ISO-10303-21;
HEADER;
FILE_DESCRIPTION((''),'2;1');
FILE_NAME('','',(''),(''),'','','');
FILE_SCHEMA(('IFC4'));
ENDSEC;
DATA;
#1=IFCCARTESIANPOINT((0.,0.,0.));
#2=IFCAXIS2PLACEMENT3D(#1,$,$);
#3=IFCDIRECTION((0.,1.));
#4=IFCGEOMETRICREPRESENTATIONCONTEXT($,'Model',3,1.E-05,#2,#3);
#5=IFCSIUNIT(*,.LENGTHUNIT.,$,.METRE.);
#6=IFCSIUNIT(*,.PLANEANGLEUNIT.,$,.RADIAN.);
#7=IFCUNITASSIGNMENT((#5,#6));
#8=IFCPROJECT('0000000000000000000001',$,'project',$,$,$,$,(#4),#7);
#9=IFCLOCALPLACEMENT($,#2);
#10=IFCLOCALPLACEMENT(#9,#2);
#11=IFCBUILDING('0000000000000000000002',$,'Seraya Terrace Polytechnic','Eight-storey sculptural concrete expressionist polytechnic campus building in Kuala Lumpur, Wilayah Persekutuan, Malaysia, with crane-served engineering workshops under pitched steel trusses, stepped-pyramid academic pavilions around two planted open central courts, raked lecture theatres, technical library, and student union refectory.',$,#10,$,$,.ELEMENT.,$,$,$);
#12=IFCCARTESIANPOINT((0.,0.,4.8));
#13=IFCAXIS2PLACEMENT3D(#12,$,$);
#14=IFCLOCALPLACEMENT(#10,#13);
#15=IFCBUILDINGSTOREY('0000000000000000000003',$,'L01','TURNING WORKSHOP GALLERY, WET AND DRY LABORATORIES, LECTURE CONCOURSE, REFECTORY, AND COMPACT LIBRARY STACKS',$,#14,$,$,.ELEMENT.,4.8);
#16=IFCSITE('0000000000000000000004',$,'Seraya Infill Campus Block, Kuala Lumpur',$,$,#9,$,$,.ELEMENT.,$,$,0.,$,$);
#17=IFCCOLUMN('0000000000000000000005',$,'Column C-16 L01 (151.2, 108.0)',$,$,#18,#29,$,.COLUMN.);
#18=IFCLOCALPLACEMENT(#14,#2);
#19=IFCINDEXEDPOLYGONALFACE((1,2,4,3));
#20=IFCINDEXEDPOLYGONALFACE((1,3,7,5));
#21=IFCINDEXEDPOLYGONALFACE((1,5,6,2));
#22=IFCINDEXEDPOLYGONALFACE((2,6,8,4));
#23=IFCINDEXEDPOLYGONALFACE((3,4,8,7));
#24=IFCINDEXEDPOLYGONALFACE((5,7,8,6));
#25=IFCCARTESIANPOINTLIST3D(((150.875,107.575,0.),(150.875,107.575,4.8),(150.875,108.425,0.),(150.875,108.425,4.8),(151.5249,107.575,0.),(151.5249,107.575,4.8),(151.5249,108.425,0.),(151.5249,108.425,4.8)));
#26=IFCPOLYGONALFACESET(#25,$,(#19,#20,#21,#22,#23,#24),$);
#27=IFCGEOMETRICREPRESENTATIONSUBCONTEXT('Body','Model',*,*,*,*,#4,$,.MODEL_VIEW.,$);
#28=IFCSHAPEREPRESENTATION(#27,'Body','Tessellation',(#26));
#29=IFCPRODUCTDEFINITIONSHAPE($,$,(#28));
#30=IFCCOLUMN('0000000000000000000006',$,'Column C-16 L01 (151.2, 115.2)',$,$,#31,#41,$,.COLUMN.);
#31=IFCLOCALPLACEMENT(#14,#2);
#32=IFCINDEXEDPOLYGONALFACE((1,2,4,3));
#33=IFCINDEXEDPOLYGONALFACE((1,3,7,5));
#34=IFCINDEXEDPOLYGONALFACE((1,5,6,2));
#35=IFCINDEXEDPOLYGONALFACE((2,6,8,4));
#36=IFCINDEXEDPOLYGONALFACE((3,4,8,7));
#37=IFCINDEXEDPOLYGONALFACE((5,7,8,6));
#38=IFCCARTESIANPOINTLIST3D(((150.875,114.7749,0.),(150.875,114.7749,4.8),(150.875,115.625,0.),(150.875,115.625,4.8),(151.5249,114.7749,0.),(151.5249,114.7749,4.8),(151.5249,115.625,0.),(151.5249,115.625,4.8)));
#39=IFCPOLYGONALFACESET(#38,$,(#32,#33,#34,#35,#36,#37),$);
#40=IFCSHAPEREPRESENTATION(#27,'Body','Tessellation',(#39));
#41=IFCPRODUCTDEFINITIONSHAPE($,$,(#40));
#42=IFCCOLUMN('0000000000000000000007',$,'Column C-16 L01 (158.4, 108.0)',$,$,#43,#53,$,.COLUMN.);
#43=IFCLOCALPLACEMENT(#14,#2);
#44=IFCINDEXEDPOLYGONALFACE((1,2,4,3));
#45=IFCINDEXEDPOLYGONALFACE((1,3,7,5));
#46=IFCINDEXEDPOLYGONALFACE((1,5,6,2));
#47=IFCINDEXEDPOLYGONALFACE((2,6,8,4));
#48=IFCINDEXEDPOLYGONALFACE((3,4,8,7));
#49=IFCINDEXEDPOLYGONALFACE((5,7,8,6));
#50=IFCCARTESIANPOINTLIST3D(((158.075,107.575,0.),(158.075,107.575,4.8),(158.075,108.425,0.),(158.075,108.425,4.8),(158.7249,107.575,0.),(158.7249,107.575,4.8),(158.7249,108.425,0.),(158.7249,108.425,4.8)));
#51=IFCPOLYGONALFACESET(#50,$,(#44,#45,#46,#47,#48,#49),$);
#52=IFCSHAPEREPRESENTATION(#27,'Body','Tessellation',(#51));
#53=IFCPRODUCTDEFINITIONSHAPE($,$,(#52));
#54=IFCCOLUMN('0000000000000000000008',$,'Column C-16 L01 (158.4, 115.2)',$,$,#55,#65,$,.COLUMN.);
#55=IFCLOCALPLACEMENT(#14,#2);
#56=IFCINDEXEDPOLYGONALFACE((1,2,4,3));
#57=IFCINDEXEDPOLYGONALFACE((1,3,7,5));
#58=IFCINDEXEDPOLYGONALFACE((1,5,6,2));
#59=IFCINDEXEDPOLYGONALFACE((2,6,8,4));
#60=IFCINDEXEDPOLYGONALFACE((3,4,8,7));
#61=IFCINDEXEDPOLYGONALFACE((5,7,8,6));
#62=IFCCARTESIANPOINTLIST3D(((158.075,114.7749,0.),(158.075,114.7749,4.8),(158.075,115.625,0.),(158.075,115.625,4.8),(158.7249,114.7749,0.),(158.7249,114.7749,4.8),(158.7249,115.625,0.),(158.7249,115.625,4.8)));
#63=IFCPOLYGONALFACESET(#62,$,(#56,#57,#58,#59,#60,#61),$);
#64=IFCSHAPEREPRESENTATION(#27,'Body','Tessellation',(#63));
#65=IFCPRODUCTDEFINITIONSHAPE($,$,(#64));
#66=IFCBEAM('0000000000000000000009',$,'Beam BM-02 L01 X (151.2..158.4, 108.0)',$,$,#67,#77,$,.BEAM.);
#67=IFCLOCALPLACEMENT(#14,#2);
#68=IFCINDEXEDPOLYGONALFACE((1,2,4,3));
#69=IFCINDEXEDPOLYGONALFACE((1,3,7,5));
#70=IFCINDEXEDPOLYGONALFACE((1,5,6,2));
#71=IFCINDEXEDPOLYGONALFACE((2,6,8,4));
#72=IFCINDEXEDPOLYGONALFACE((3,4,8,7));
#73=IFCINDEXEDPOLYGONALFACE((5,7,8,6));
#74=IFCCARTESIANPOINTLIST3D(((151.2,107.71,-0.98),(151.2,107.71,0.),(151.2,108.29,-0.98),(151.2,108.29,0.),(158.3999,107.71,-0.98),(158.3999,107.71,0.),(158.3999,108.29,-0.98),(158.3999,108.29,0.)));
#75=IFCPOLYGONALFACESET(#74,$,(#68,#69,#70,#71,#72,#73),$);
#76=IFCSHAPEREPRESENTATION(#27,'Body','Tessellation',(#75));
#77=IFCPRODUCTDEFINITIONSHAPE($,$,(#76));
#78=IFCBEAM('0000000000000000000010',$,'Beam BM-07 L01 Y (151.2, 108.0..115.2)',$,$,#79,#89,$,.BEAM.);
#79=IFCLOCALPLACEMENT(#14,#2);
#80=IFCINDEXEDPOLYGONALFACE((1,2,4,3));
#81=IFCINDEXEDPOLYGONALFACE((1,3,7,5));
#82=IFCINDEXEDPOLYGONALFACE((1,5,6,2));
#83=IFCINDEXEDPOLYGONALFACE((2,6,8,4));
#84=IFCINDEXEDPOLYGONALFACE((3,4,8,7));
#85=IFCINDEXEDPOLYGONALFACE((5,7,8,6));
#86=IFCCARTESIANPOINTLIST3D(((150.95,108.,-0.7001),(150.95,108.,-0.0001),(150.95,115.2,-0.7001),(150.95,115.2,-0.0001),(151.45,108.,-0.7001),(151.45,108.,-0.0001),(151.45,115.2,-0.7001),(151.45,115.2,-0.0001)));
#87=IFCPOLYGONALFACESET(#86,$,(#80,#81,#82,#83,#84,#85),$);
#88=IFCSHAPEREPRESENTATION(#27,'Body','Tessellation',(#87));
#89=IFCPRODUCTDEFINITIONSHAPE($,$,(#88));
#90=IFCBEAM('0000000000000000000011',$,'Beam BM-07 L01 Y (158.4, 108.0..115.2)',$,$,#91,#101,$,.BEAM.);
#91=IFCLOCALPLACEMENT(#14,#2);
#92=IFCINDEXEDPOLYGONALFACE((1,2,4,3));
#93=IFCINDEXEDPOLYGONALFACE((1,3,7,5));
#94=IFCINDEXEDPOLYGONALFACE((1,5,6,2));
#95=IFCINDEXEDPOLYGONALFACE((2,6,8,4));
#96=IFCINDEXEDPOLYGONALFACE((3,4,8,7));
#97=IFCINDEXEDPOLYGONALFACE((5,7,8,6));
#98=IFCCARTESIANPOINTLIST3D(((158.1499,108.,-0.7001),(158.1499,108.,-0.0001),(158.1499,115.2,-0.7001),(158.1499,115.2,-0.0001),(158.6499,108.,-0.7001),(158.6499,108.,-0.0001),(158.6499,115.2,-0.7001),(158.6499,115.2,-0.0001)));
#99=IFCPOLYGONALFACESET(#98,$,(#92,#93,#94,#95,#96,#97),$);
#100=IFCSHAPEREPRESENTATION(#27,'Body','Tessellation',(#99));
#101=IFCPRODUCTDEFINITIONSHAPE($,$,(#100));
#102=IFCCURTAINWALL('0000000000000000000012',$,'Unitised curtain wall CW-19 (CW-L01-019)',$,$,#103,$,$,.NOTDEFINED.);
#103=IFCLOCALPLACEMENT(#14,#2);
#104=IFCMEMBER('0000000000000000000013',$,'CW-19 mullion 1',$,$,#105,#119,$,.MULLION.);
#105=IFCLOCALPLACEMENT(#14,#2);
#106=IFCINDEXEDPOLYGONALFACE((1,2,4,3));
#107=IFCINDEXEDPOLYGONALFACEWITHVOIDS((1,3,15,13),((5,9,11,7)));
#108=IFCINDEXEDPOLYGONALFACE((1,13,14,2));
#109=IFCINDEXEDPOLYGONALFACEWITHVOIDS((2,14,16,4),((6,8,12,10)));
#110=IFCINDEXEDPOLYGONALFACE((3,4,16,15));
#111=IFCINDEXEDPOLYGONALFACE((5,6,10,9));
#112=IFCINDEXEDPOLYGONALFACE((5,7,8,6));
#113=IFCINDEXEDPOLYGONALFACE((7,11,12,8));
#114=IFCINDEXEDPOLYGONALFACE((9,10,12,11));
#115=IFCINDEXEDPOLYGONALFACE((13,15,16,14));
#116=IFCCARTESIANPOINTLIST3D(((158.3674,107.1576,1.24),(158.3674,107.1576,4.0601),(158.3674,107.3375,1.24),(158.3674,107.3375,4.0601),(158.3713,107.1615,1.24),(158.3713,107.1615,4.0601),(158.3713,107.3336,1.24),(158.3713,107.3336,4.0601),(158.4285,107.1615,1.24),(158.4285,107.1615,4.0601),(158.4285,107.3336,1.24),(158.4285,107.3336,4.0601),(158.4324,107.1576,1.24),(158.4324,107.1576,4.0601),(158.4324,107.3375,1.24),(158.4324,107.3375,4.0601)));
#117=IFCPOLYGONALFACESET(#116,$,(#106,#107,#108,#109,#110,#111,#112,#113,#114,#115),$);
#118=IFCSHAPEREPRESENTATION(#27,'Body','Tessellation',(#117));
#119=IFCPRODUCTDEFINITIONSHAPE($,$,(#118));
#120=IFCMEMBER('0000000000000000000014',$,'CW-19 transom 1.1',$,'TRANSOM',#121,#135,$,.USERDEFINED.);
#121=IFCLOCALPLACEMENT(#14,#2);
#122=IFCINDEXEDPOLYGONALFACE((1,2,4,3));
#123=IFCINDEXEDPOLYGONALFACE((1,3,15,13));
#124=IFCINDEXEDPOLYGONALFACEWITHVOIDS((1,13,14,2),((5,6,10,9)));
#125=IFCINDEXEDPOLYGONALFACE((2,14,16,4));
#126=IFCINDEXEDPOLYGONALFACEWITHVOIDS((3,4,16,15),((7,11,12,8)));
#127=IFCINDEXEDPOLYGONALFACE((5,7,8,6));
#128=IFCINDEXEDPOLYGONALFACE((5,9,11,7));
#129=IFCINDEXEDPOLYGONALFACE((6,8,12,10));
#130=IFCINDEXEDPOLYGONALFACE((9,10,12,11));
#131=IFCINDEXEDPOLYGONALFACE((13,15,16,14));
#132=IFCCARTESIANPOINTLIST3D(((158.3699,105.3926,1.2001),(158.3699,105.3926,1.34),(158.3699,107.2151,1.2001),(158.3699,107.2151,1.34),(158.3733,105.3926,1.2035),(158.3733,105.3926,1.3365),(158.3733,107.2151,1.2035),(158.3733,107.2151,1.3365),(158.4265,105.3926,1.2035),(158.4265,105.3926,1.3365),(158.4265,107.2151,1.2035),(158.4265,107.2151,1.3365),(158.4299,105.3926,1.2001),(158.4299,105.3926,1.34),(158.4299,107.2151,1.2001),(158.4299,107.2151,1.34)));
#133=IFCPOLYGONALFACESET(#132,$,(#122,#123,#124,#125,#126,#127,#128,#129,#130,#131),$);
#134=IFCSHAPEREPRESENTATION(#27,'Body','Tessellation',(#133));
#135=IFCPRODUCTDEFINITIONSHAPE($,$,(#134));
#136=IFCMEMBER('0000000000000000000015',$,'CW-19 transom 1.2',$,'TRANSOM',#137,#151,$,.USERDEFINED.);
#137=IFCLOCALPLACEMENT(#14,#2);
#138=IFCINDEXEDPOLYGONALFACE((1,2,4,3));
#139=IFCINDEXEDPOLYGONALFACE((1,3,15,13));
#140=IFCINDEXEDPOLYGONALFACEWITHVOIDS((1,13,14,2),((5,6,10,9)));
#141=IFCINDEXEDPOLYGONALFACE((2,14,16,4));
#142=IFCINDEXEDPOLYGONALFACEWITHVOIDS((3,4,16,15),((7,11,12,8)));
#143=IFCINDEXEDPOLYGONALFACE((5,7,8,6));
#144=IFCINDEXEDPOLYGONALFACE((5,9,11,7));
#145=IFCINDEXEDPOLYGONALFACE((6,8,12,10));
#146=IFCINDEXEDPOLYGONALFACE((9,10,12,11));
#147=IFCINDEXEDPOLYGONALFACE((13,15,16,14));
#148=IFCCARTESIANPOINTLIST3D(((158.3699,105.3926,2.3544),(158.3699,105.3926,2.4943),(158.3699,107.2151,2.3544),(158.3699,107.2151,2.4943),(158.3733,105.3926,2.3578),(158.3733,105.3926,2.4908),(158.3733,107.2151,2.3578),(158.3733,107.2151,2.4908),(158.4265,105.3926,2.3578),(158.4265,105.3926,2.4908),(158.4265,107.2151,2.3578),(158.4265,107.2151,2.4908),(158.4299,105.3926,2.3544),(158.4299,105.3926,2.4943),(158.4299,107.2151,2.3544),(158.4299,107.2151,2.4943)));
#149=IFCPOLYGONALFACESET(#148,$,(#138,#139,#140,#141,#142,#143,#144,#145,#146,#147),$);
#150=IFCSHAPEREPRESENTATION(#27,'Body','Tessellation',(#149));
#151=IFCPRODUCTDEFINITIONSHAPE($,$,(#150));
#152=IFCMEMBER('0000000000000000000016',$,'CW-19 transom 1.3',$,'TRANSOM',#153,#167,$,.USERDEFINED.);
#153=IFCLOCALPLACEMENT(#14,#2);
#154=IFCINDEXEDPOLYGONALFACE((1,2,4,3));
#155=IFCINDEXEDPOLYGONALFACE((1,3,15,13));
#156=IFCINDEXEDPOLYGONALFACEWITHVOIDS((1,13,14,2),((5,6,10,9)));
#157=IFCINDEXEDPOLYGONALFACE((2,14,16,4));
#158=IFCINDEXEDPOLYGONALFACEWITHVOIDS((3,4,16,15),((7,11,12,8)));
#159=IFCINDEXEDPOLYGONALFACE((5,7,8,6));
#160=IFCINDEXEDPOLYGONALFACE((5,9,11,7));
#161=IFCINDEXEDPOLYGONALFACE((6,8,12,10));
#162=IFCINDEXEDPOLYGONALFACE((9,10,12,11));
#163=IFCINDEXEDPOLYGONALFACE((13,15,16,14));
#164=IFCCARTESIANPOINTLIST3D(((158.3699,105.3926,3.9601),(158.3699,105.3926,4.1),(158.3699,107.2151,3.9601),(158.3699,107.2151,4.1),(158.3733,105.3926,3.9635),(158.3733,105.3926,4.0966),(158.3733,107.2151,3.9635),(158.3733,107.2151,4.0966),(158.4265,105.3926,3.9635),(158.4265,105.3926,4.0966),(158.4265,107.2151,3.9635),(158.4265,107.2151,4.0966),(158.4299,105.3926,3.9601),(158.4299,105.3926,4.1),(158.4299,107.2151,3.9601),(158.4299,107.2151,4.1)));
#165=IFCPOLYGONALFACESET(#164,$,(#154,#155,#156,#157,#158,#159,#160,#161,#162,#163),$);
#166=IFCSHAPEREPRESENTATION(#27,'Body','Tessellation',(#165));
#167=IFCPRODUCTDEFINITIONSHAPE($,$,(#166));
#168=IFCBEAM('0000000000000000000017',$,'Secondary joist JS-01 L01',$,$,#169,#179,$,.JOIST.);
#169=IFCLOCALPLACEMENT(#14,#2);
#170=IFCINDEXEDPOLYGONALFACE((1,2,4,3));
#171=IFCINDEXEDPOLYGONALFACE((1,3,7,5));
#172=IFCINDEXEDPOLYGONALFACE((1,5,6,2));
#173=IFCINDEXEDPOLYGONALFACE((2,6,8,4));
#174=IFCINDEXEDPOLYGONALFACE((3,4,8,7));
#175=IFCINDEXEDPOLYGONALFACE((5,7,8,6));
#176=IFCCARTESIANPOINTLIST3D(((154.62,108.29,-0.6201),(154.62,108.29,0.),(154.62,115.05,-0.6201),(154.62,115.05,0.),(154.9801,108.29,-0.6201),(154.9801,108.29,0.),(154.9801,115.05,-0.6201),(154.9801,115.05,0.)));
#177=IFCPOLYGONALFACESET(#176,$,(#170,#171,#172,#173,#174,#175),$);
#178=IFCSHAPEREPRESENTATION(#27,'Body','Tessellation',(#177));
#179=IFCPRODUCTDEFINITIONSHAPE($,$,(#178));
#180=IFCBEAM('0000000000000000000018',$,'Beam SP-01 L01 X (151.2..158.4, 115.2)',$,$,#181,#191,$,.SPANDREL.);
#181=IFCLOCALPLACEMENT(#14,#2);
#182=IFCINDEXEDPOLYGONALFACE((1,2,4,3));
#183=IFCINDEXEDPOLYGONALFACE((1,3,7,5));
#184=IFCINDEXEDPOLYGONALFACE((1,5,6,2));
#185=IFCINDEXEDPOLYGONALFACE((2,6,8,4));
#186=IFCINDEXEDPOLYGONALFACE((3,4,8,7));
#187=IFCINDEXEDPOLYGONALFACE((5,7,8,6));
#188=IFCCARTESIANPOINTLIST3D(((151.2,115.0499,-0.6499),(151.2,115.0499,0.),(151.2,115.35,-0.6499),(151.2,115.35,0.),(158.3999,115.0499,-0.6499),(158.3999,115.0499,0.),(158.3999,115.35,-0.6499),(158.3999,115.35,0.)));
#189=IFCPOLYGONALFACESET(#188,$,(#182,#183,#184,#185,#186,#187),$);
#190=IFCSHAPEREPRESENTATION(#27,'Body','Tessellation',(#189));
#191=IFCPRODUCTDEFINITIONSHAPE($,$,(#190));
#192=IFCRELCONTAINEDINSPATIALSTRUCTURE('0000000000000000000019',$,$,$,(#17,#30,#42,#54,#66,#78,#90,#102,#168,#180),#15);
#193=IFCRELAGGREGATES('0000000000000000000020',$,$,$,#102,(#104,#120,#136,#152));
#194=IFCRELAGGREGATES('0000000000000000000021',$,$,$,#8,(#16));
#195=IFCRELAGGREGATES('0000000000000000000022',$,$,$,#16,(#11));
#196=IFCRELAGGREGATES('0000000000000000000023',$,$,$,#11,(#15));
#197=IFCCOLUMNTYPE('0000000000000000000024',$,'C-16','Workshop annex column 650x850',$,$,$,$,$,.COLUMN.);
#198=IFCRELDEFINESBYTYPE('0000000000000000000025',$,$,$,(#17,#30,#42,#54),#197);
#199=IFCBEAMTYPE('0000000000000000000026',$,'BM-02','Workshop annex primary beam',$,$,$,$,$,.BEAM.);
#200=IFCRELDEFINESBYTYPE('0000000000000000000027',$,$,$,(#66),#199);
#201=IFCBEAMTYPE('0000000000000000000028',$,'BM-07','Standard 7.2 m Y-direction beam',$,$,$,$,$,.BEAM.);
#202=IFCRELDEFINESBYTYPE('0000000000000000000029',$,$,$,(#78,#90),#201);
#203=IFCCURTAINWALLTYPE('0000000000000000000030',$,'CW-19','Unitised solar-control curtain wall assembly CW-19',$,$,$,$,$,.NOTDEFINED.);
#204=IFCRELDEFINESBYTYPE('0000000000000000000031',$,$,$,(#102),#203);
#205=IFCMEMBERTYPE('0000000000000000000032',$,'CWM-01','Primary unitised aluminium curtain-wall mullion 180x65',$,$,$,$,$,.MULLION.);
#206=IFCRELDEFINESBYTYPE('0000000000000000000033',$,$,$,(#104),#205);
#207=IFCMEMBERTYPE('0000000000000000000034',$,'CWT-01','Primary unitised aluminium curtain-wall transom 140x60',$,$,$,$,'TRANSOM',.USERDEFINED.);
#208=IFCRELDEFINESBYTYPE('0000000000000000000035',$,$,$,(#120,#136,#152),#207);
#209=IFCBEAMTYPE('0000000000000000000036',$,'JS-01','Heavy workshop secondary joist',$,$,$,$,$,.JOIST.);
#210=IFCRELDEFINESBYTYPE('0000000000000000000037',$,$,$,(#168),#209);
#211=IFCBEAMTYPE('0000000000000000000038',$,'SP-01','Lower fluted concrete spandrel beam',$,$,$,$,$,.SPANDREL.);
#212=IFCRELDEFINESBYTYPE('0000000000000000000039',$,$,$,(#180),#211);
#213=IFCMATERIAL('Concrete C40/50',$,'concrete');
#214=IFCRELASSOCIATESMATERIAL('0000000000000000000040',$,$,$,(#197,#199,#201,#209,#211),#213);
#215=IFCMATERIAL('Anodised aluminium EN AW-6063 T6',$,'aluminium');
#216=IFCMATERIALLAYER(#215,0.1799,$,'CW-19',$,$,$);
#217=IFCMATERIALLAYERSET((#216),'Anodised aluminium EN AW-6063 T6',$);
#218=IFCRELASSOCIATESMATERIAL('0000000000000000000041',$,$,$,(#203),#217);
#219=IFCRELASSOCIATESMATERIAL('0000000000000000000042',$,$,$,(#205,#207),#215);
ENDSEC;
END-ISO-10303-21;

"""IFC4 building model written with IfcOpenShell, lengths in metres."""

from ifc_helpers import new_model, si_unit, direction, frame, origin, origin_2d, place, context, subcontext, project, spatial, rectangle, hollow_rectangle, extrude, material, layer, layer_set, material_profile, profile_set, type_object, element, aggregate, save


model = new_model("IFC4")

# Units and contexts
model_context = context("Model", 3, precision=1e-05, world=origin(), true_north=direction((0.0, 1.0)))
body_context = subcontext(model_context, "Body", "Model", "MODEL_VIEW")
ifc_project = project(units=[si_unit("LENGTHUNIT", "METRE"), si_unit("PLANEANGLEUNIT", "RADIAN")], contexts=[model_context])

# Site, building, storey
site_placement = place(None, origin())
site = spatial("IfcSite", under=ifc_project, at=site_placement, Name="Seraya Infill Campus Block, Kuala Lumpur", CompositionType="ELEMENT", RefElevation=0.0)
building_placement = place(site_placement, origin())
building = spatial("IfcBuilding", under=site, at=building_placement, Name="Seraya Terrace Polytechnic", Description="Eight-storey sculptural concrete expressionist polytechnic campus building in Kuala Lumpur, Wilayah Persekutuan, Malaysia, with crane-served engineering workshops under pitched steel trusses, stepped-pyramid academic pavilions around two planted open central courts, raked lecture theatres, technical library, and student union refectory.", CompositionType="ELEMENT")
storey_placement = place(building_placement, frame((0.0, 0.0, 4.8)))
storey = spatial("IfcBuildingStorey", under=building, at=storey_placement, Name="L01", Description="TURNING WORKSHOP GALLERY, WET AND DRY LABORATORIES, LECTURE CONCOURSE, REFECTORY, AND COMPACT LIBRARY STACKS", CompositionType="ELEMENT", Elevation=4.8)

# Columns
ifc_material_1 = material(Name="Concrete C40/50", Category="concrete")
ifc_material_profile_1 = material_profile(ifc_material_1, rectangle(XDim=0.6499, YDim=0.8501, at=origin_2d()), Name="RC 650x850")
ifc_profile_set_1 = profile_set([ifc_material_profile_1], Name="Concrete C40/50")
column_type = type_object("IfcColumnType", Name="C-16", Description="Workshop annex column 650x850", PredefinedType="COLUMN", material=ifc_profile_set_1)
for number, where, z_axis, x_axis, name in (
    (1, (151.2, 108.0, 0.0), (0.0, 0.0, 1.0), (1.0, 0.0, 0.0), "Column C-16 L01 (151.2, 108.0)"),
    (2, (151.2, 115.2, 0.0), (0.0, 0.0, 1.0), (1.0, 0.0, 0.0), "Column C-16 L01 (151.2, 115.2)"),
    (3, (158.3999, 108.0, 0.0), (0.0, 0.0, 1.0), (1.0, 0.0, 0.0), "Column C-16 L01 (158.4, 108.0)"),
    (4, (158.3999, 115.2, 0.0), (0.0, 0.0, 1.0), (1.0, 0.0, 0.0), "Column C-16 L01 (158.4, 115.2)"),
):
    element("IfcColumn", number, at=place(storey_placement, frame(where, z_axis=z_axis, x_axis=x_axis)), inside=storey, type_object=column_type, Name=name, PredefinedType="COLUMN", context=body_context, shape_type="SweptSolid", body=[
        extrude(rectangle(XDim=0.6499, YDim=0.8501, at=origin_2d()), origin(), (0.0, 0.0, 1.0), 4.8),
    ])

# Beams
ifc_material_profile_2 = material_profile(ifc_material_1, rectangle(XDim=0.5801, YDim=0.98, at=origin_2d()), Name="RC 580x980")
ifc_profile_set_2 = profile_set([ifc_material_profile_2], Name="Concrete C40/50")
beam_type_1 = type_object("IfcBeamType", Name="BM-02", Description="Workshop annex primary beam", PredefinedType="BEAM", material=ifc_profile_set_2)
beam_1_placement = place(storey_placement, frame((151.2, 108.0, -0.49), z_axis=(1.0, 0.0, 0.0), x_axis=(0.0, 1.0, 0.0)))
element("IfcBeam", 5, at=beam_1_placement, inside=storey, type_object=beam_type_1, Name="Beam BM-02 L01 X (151.2..158.4, 108.0)", PredefinedType="BEAM", context=body_context, shape_type="SweptSolid", body=[
    extrude(rectangle(XDim=0.5801, YDim=0.98, at=origin_2d()), origin(), (0.0, 0.0, 1.0), 7.2),
])
ifc_material_profile_3 = material_profile(ifc_material_1, rectangle(XDim=0.5, YDim=0.7, at=origin_2d()), Name="RC 500x700")
ifc_profile_set_3 = profile_set([ifc_material_profile_3], Name="Concrete C40/50")
beam_type_2 = type_object("IfcBeamType", Name="BM-07", Description="Standard 7.2 m Y-direction beam", PredefinedType="BEAM", material=ifc_profile_set_3)
for number, where, z_axis, x_axis, name in (
    (6, (151.2, 108.0, -0.3501), (0.0, 1.0, 0.0), (-1.0, 0.0, 0.0), "Beam BM-07 L01 Y (151.2, 108.0..115.2)"),
    (7, (158.3999, 108.0, -0.3501), (0.0, 1.0, 0.0), (-1.0, 0.0, 0.0), "Beam BM-07 L01 Y (158.4, 108.0..115.2)"),
):
    element("IfcBeam", number, at=place(storey_placement, frame(where, z_axis=z_axis, x_axis=x_axis)), inside=storey, type_object=beam_type_2, Name=name, PredefinedType="BEAM", context=body_context, shape_type="SweptSolid", body=[
        extrude(rectangle(XDim=0.5, YDim=0.7, at=origin_2d()), origin(), (0.0, 0.0, 1.0), 7.2),
    ])

# Curtain wall, members
ifc_material_2 = material(Name="Anodised aluminium EN AW-6063 T6", Category="aluminium")
ifc_layer_1 = layer(ifc_material_2, 0.1799, Name="CW-19")
ifc_layer_set_1 = layer_set([ifc_layer_1], Name="Anodised aluminium EN AW-6063 T6")
curtain_wall_type = type_object("IfcCurtainWallType", Name="CW-19", Description="Unitised solar-control curtain wall assembly CW-19", PredefinedType="NOTDEFINED", material=ifc_layer_set_1)
curtain_wall_placement = place(storey_placement, origin())
curtain_wall = element("IfcCurtainWall", 8, at=curtain_wall_placement, inside=storey, type_object=curtain_wall_type, Name="Unitised curtain wall CW-19 (CW-L01-019)", PredefinedType="NOTDEFINED")
ifc_material_profile_4 = material_profile(ifc_material_2, hollow_rectangle(XDim=0.0649, YDim=0.1799, WallThickness=0.0039, at=origin_2d()), Name="RHS 180x65x4.0")
ifc_profile_set_4 = profile_set([ifc_material_profile_4], Name="Anodised aluminium EN AW-6063 T6")
member_type_1 = type_object("IfcMemberType", Name="CWM-01", Description="Primary unitised aluminium curtain-wall mullion 180x65", PredefinedType="MULLION", material=ifc_profile_set_4)
member_1_placement = place(storey_placement, frame((158.3999, 107.2476, 1.24), z_axis=(0.0, 0.0, 1.0), x_axis=(1.0, 0.0, 0.0)))
member_1 = element("IfcMember", 9, at=member_1_placement, type_object=member_type_1, Name="CW-19 mullion 1", PredefinedType="MULLION", context=body_context, shape_type="SweptSolid", body=[
    extrude(hollow_rectangle(XDim=0.0649, YDim=0.1799, WallThickness=0.0039, at=origin_2d()), origin(), (0.0, 0.0, 1.0), 2.8201),
])
ifc_material_profile_5 = material_profile(ifc_material_2, hollow_rectangle(XDim=0.0601, YDim=0.1399, WallThickness=0.0034, at=origin_2d()), Name="RHS 140x60x3.5")
ifc_profile_set_5 = profile_set([ifc_material_profile_5], Name="Anodised aluminium EN AW-6063 T6")
member_type_2 = type_object("IfcMemberType", Name="CWT-01", Description="Primary unitised aluminium curtain-wall transom 140x60", ElementType="TRANSOM", PredefinedType="USERDEFINED", material=ifc_profile_set_5)
member_2_placement = place(storey_placement, frame((158.3999, 107.2151, 1.27), z_axis=(0.0, -1.0, 0.0), x_axis=(1.0, 0.0, 0.0)))
member_2 = element("IfcMember", 10, at=member_2_placement, type_object=member_type_2, Name="CW-19 transom 1.1", ObjectType="TRANSOM", PredefinedType="USERDEFINED", context=body_context, shape_type="SweptSolid", body=[
    extrude(hollow_rectangle(XDim=0.0601, YDim=0.1399, WallThickness=0.0034, at=origin_2d()), origin(), (0.0, 0.0, 1.0), 1.8225),
])
member_3_placement = place(storey_placement, frame((158.3999, 107.2151, 2.4243), z_axis=(0.0, -1.0, 0.0), x_axis=(1.0, 0.0, 0.0)))
member_3 = element("IfcMember", 11, at=member_3_placement, type_object=member_type_2, Name="CW-19 transom 1.2", ObjectType="TRANSOM", PredefinedType="USERDEFINED", context=body_context, shape_type="SweptSolid", body=[
    extrude(hollow_rectangle(XDim=0.0601, YDim=0.1399, WallThickness=0.0034, at=origin_2d()), origin(), (0.0, 0.0, 1.0), 1.8225),
])
member_4_placement = place(storey_placement, frame((158.3999, 107.2151, 4.03), z_axis=(0.0, -1.0, 0.0), x_axis=(1.0, 0.0, 0.0)))
member_4 = element("IfcMember", 12, at=member_4_placement, type_object=member_type_2, Name="CW-19 transom 1.3", ObjectType="TRANSOM", PredefinedType="USERDEFINED", context=body_context, shape_type="SweptSolid", body=[
    extrude(hollow_rectangle(XDim=0.0601, YDim=0.1399, WallThickness=0.0034, at=origin_2d()), origin(), (0.0, 0.0, 1.0), 1.8225),
])

# Beams
ifc_material_profile_6 = material_profile(ifc_material_1, rectangle(XDim=0.3601, YDim=0.6201, at=origin_2d()), Name="RC 360x620")
ifc_profile_set_6 = profile_set([ifc_material_profile_6], Name="Concrete C40/50")
beam_type_3 = type_object("IfcBeamType", Name="JS-01", Description="Heavy workshop secondary joist", PredefinedType="JOIST", material=ifc_profile_set_6)
beam_2_placement = place(storey_placement, frame((154.8, 108.29, -0.3101), z_axis=(0.0, 1.0, 0.0), x_axis=(-1.0, 0.0, 0.0)))
element("IfcBeam", 13, at=beam_2_placement, inside=storey, type_object=beam_type_3, Name="Secondary joist JS-01 L01", PredefinedType="JOIST", context=body_context, shape_type="SweptSolid", body=[
    extrude(rectangle(XDim=0.3601, YDim=0.6201, at=origin_2d()), origin(), (0.0, 0.0, 1.0), 6.76),
])
ifc_material_profile_7 = material_profile(ifc_material_1, rectangle(XDim=0.3, YDim=0.6499, at=origin_2d()), Name="RC 300x650")
ifc_profile_set_7 = profile_set([ifc_material_profile_7], Name="Concrete C40/50")
beam_type_4 = type_object("IfcBeamType", Name="SP-01", Description="Lower fluted concrete spandrel beam", PredefinedType="SPANDREL", material=ifc_profile_set_7)
beam_3_placement = place(storey_placement, frame((151.2, 115.2, -0.325), z_axis=(1.0, 0.0, 0.0), x_axis=(0.0, 1.0, 0.0)))
element("IfcBeam", 14, at=beam_3_placement, inside=storey, type_object=beam_type_4, Name="Beam SP-01 L01 X (151.2..158.4, 115.2)", PredefinedType="SPANDREL", context=body_context, shape_type="SweptSolid", body=[
    extrude(rectangle(XDim=0.3, YDim=0.6499, at=origin_2d()), origin(), (0.0, 0.0, 1.0), 7.2),
])

aggregate(curtain_wall, [member_1, member_2, member_3, member_4])

save(model, "model.ifc")
